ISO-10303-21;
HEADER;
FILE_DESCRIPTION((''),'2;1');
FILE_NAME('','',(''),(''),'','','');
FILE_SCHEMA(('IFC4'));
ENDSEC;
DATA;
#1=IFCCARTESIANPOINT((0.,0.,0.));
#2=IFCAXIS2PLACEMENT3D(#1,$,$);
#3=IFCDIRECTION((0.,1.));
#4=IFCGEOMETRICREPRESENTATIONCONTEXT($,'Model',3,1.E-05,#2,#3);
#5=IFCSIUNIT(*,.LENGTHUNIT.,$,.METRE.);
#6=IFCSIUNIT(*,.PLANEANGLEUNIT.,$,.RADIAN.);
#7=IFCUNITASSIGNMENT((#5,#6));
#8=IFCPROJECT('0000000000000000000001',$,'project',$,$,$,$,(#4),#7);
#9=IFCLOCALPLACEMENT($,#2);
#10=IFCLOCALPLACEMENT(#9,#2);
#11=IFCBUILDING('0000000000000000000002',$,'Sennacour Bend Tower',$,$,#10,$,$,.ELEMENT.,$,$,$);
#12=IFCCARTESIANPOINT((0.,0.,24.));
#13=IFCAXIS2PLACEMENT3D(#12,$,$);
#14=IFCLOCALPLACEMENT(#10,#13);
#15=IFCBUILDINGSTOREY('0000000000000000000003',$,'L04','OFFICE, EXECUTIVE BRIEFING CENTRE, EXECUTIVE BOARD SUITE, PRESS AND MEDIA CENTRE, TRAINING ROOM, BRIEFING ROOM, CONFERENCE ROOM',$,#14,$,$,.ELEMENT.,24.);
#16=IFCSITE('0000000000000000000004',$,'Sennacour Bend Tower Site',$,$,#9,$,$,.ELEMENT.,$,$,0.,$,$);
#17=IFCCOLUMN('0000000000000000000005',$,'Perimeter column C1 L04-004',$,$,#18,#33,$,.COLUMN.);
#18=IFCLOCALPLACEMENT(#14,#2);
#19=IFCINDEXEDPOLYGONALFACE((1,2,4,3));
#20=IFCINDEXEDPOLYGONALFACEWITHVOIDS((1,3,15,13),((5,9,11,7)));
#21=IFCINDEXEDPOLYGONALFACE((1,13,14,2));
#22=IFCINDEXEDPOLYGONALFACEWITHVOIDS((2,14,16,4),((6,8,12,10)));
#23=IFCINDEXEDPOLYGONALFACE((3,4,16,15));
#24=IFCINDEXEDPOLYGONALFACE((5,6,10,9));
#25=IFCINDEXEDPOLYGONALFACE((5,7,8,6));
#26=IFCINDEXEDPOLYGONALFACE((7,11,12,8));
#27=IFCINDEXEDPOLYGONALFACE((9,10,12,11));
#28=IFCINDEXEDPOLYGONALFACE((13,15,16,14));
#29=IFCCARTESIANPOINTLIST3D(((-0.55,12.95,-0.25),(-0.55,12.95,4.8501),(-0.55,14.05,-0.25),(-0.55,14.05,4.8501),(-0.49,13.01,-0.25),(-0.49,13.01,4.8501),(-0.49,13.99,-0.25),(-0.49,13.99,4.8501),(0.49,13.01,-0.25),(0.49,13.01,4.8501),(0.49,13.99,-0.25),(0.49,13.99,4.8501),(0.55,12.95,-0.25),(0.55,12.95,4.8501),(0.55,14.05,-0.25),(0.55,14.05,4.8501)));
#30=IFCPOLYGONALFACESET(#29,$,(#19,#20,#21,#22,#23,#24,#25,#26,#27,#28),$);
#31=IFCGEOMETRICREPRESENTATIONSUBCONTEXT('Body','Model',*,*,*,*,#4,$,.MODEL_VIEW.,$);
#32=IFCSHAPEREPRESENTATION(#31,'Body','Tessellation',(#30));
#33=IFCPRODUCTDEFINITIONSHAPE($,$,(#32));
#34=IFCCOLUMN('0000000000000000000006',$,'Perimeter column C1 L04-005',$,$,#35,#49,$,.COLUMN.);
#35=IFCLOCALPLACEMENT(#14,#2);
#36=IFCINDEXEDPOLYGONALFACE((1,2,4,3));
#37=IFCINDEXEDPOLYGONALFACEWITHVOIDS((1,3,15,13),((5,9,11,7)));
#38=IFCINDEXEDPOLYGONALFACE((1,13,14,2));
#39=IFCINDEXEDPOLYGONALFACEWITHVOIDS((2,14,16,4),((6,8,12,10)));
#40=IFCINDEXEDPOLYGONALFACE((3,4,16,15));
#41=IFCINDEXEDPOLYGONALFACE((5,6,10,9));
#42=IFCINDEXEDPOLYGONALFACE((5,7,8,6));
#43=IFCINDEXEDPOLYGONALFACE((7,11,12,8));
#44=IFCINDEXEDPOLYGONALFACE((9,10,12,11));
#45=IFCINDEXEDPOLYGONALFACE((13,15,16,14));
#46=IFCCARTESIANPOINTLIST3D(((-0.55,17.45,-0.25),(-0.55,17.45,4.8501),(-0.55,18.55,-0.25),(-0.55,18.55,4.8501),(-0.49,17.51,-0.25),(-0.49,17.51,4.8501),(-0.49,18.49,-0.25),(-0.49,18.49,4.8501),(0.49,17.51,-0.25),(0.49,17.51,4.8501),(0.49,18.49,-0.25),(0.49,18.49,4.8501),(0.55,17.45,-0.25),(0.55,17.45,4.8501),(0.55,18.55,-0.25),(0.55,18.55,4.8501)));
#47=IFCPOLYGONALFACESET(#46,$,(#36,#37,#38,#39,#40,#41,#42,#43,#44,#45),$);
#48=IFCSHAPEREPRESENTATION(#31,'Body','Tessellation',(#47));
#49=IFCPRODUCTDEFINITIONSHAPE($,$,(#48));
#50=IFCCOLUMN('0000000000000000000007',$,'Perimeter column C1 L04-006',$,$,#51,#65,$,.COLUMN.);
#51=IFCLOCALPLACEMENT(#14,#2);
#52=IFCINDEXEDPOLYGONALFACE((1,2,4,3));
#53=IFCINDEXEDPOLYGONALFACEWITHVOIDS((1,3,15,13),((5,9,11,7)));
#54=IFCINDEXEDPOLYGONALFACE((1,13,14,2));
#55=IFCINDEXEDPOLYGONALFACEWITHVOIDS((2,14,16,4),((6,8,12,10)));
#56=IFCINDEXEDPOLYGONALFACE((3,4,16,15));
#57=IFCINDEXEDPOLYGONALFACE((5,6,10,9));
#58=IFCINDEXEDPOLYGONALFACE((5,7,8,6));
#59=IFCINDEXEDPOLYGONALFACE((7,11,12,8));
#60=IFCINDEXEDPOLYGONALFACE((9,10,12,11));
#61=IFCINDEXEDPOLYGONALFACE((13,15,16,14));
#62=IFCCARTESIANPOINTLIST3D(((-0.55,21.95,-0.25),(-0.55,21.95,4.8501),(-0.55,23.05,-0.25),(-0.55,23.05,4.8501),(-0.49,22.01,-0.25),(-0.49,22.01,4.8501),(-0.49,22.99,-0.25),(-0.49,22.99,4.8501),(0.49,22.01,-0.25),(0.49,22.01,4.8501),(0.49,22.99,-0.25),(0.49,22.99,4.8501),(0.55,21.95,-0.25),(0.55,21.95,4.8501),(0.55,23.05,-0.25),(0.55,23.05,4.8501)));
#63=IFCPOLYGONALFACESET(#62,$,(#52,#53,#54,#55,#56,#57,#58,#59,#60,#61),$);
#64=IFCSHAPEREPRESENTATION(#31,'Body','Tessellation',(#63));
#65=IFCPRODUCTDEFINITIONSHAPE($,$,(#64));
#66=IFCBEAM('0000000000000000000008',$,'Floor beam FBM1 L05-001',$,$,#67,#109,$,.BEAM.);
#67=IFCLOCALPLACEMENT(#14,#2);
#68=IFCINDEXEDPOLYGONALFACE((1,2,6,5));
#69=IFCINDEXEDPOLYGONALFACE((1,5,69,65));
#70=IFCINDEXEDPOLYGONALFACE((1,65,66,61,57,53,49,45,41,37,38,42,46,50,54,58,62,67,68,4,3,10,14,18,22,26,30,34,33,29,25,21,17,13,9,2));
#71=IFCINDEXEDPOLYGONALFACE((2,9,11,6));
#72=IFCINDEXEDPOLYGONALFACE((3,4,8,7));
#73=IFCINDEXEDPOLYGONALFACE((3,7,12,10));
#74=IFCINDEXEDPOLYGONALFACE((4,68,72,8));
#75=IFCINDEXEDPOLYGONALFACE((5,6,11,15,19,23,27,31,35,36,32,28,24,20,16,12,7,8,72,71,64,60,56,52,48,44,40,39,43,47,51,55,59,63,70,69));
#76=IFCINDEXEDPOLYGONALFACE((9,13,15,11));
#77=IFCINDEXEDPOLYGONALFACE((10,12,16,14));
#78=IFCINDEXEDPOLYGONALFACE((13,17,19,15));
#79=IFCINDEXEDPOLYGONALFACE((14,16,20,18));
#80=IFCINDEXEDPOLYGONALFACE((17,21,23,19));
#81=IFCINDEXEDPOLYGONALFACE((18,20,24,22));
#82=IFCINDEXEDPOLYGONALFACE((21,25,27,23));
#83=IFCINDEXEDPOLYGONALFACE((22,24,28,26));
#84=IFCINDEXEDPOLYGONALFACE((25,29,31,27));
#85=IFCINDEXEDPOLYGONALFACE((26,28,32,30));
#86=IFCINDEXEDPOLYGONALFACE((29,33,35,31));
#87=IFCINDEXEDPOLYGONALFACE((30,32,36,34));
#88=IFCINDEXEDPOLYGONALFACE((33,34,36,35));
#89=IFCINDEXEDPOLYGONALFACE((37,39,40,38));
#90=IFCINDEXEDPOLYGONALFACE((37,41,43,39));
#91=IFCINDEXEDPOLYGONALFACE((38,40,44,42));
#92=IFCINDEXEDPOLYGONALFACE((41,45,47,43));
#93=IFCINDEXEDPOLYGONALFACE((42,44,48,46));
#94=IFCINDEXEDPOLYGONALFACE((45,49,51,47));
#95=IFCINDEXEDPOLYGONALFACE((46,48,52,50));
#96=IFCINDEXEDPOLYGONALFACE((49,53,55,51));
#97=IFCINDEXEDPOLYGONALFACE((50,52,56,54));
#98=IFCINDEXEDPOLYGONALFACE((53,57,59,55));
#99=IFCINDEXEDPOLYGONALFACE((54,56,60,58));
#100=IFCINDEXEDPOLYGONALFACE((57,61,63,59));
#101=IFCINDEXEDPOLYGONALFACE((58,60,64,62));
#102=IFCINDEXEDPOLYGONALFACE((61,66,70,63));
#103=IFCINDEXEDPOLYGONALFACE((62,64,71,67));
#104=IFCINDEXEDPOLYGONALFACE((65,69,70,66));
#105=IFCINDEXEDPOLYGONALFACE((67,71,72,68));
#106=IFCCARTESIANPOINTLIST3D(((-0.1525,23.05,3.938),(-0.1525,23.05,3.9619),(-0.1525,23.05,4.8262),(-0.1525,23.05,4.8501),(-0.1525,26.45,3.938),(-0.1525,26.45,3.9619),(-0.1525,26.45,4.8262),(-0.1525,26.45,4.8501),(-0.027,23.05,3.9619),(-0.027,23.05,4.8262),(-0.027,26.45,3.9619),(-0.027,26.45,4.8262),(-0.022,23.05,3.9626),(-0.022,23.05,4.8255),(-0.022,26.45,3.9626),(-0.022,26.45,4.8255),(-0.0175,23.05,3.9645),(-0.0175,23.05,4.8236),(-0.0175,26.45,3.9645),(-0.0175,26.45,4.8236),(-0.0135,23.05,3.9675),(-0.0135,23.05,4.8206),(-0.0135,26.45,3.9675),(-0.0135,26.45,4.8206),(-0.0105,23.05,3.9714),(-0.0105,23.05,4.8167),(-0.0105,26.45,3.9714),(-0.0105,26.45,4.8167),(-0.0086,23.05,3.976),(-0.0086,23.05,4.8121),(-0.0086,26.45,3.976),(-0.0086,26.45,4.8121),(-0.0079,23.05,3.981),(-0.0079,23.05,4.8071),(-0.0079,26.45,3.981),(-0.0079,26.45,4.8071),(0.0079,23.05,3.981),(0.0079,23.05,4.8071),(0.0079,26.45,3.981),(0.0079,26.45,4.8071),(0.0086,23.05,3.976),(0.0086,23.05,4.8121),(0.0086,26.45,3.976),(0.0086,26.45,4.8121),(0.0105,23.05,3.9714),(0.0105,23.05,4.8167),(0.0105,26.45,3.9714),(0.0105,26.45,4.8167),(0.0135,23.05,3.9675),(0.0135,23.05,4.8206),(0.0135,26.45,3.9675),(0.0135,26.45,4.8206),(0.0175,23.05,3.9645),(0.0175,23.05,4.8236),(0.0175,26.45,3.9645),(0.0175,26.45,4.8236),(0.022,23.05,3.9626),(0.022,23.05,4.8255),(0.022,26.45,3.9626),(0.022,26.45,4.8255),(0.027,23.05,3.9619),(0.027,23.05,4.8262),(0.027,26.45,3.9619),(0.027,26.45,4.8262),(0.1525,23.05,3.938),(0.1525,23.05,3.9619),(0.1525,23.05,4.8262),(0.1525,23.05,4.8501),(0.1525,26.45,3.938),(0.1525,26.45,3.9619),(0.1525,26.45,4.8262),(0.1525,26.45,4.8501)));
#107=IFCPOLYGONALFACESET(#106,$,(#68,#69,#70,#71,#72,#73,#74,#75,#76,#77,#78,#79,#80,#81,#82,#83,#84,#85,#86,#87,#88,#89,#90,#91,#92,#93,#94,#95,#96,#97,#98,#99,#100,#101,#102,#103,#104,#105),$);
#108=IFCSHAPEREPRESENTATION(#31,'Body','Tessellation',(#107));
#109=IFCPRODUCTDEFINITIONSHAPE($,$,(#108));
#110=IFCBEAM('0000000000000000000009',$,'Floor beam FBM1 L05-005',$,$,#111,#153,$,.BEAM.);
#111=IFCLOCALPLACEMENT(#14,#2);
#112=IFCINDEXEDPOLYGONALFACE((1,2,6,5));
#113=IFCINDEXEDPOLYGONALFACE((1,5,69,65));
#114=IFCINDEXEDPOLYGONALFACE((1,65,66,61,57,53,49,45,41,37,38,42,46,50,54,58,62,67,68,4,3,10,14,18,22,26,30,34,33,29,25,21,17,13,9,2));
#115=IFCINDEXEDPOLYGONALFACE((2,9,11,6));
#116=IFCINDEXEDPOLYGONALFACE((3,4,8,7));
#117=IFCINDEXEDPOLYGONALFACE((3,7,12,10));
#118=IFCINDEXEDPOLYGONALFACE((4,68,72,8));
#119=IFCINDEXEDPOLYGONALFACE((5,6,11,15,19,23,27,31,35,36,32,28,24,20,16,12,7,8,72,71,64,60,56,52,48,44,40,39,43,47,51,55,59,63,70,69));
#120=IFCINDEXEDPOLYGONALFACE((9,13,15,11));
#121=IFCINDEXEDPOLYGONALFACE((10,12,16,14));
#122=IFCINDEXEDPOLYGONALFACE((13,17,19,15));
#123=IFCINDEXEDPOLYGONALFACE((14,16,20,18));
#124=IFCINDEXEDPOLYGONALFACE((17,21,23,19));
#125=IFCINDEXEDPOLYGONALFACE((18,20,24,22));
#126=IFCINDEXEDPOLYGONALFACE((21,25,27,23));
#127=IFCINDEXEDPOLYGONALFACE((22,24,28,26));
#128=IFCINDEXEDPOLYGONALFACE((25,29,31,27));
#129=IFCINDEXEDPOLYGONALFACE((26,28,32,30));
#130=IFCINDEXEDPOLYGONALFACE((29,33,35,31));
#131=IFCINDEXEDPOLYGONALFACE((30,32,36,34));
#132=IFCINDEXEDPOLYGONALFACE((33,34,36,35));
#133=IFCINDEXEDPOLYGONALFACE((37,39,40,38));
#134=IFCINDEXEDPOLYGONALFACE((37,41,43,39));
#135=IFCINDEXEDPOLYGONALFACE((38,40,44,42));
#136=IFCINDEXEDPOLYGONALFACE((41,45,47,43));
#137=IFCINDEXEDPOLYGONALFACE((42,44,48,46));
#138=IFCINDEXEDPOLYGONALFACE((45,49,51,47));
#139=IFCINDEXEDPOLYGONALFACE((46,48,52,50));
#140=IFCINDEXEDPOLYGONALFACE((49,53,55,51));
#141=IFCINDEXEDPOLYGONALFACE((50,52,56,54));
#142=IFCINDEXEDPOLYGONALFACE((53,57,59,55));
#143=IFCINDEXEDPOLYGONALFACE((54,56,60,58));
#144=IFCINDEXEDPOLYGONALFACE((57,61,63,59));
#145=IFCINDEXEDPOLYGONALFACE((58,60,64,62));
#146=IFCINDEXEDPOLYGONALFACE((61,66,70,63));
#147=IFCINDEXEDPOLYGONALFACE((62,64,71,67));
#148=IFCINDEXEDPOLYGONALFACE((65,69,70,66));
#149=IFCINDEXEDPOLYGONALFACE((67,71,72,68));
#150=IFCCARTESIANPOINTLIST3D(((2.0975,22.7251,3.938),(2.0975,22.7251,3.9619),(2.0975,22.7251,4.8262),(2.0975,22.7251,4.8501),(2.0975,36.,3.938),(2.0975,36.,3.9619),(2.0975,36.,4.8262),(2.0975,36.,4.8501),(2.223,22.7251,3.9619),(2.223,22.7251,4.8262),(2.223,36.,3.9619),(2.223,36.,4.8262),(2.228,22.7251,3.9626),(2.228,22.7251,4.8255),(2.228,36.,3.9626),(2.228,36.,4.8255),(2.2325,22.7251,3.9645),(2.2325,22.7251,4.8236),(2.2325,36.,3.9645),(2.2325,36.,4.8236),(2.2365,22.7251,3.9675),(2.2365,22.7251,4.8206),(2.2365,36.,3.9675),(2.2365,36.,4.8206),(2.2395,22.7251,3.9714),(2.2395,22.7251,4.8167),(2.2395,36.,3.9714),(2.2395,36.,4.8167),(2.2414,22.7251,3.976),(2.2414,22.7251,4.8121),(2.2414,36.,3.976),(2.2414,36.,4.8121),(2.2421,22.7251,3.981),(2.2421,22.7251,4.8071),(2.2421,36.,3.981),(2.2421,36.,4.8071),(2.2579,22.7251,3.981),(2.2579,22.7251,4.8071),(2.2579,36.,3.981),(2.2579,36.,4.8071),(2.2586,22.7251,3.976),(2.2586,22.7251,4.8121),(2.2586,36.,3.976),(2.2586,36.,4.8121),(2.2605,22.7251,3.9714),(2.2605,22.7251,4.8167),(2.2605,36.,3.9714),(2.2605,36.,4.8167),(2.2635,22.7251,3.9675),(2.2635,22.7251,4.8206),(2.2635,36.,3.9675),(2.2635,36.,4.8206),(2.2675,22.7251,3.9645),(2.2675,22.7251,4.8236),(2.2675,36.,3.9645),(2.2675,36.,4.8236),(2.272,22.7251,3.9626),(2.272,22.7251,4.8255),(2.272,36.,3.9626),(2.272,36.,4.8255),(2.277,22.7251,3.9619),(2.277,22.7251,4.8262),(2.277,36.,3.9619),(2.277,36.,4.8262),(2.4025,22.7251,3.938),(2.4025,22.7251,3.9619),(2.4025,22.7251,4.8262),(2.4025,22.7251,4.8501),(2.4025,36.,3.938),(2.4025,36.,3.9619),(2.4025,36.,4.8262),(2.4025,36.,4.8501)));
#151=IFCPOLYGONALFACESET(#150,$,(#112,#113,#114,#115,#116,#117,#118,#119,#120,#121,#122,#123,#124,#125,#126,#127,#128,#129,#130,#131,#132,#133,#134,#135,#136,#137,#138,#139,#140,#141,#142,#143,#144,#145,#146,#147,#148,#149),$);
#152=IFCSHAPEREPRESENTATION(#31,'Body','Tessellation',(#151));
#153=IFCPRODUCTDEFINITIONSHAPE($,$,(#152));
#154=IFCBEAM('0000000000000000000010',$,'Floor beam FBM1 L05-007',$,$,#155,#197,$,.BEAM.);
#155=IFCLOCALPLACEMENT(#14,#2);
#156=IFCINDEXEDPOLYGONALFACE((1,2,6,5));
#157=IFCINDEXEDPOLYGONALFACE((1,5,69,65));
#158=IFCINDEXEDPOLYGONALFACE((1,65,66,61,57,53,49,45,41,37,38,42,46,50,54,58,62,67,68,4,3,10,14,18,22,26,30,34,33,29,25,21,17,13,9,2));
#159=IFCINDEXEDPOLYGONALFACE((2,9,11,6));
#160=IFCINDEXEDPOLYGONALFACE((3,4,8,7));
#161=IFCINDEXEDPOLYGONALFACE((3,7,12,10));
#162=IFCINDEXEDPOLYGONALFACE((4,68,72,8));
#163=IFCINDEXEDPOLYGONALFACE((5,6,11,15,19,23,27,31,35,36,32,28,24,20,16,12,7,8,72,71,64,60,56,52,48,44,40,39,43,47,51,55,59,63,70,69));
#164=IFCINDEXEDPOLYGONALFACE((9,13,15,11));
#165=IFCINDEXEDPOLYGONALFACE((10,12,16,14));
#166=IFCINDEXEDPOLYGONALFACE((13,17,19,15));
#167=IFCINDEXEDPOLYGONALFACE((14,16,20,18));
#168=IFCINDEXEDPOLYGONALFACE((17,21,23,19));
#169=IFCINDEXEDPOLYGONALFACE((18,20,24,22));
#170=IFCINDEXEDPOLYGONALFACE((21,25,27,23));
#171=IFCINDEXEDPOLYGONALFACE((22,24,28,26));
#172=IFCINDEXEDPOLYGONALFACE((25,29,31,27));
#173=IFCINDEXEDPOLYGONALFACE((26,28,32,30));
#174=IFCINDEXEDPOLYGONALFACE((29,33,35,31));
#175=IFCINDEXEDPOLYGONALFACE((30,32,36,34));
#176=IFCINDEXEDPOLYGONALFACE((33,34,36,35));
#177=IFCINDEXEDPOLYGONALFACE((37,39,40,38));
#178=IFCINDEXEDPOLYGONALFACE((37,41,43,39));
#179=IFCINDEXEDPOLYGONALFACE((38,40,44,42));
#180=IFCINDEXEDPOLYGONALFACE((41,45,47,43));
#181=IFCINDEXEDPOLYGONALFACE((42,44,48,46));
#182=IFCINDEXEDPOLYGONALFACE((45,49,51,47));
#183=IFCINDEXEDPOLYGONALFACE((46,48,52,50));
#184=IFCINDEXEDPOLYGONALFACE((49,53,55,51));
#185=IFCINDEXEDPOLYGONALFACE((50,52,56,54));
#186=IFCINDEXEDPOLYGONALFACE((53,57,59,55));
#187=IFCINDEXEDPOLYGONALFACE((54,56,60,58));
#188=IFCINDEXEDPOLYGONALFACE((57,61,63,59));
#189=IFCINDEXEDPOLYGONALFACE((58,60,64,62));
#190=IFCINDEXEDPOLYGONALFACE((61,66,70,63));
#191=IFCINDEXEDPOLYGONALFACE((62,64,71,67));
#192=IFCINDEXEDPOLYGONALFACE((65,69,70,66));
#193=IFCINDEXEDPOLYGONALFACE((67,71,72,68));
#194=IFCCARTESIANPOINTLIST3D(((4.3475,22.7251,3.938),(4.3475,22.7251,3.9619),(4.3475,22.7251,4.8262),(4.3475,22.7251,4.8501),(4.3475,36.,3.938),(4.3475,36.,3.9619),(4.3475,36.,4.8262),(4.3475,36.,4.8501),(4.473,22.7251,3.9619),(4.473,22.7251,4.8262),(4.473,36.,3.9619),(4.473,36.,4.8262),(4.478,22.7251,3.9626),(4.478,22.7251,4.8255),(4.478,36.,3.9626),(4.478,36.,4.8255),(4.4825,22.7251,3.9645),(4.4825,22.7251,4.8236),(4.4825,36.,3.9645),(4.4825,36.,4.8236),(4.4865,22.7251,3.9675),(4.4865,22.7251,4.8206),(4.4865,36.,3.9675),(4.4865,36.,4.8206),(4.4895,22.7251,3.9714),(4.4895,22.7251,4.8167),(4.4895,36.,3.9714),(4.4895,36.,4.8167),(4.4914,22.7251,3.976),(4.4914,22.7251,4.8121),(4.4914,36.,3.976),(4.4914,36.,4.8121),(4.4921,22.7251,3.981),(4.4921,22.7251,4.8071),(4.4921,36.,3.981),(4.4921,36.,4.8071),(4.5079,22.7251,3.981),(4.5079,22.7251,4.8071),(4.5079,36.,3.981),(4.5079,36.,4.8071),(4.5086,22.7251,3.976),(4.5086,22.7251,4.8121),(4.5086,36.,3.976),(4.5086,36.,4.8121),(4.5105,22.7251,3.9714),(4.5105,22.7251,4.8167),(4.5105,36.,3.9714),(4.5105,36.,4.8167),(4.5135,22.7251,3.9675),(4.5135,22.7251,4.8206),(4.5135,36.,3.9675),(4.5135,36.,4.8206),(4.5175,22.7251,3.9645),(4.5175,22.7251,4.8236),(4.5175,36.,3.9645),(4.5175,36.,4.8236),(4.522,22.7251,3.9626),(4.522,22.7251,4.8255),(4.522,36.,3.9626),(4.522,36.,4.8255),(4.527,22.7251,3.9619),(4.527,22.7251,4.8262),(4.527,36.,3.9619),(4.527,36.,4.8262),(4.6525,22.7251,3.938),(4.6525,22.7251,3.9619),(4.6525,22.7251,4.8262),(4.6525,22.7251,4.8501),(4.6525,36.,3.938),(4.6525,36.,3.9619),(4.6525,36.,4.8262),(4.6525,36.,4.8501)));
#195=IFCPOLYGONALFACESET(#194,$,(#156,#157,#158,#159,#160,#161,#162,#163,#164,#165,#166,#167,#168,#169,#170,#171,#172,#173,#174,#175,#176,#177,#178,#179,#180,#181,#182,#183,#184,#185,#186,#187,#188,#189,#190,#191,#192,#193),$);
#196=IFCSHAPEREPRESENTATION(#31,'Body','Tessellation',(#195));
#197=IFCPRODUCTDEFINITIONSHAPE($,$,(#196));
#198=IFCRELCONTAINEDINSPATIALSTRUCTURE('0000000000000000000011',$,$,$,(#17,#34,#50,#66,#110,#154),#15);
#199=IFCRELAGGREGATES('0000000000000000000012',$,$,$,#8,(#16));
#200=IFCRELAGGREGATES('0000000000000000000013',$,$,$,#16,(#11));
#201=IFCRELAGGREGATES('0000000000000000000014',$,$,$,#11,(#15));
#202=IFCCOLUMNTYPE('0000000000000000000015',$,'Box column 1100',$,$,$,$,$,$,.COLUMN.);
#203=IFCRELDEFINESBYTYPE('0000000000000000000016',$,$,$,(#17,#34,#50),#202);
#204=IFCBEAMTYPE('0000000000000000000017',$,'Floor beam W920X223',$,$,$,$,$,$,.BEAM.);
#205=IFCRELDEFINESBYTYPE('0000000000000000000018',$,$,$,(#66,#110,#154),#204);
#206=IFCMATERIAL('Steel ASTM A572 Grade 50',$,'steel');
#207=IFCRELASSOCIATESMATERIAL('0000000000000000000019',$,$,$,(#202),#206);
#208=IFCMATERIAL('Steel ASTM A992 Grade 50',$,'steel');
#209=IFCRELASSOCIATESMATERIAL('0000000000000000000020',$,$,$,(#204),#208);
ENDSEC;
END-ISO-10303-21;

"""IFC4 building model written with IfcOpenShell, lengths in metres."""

from ifc_helpers import new_model, si_unit, direction, frame, origin, origin_2d, place, context, subcontext, project, spatial, hollow_rectangle, i_section, extrude, material, material_profile, profile_set, type_object, element, save


model = new_model("IFC4")

# Units and contexts
model_context = context("Model", 3, precision=1e-05, world=origin(), true_north=direction((0.0, 1.0)))
body_context = subcontext(model_context, "Body", "Model", "MODEL_VIEW")
ifc_project = project(units=[si_unit("LENGTHUNIT", "METRE"), si_unit("PLANEANGLEUNIT", "RADIAN")], contexts=[model_context])

# Site, building, storey
site_placement = place(None, origin())
site = spatial("IfcSite", under=ifc_project, at=site_placement, Name="Sennacour Bend Tower Site", CompositionType="ELEMENT", RefElevation=0.0)
building_placement = place(site_placement, origin())
building = spatial("IfcBuilding", under=site, at=building_placement, Name="Sennacour Bend Tower", CompositionType="ELEMENT")
storey_placement = place(building_placement, frame((0.0, 0.0, 24.0)))
storey = spatial("IfcBuildingStorey", under=building, at=storey_placement, Name="L04", Description="OFFICE, EXECUTIVE BRIEFING CENTRE, EXECUTIVE BOARD SUITE, PRESS AND MEDIA CENTRE, TRAINING ROOM, BRIEFING ROOM, CONFERENCE ROOM", CompositionType="ELEMENT", Elevation=24.0)

# Columns
ifc_material_1 = material(Name="Steel ASTM A572 Grade 50", Category="steel")
ifc_material_profile_1 = material_profile(ifc_material_1, hollow_rectangle(XDim=1.1001, YDim=1.1001, WallThickness=0.0601, at=origin_2d()), Name="Steel ASTM A572 Grade 50", Category="steel")
ifc_profile_set_1 = profile_set([ifc_material_profile_1], Name="Steel ASTM A572 Grade 50")
column_type = type_object("IfcColumnType", Name="Box column 1100", PredefinedType="COLUMN", material=ifc_profile_set_1)
for number, where, z_axis, x_axis, name in (
    (1, (0.0, 13.5, -0.25), (0.0, 0.0, 1.0), (1.0, 0.0, 0.0), "Perimeter column C1 L04-004"),
    (2, (0.0, 18.0, -0.25), (0.0, 0.0, 1.0), (1.0, 0.0, 0.0), "Perimeter column C1 L04-005"),
    (3, (0.0, 22.5, -0.25), (0.0, 0.0, 1.0), (1.0, 0.0, 0.0), "Perimeter column C1 L04-006"),
):
    element("IfcColumn", number, at=place(storey_placement, frame(where, z_axis=z_axis, x_axis=x_axis)), inside=storey, type_object=column_type, Name=name, PredefinedType="COLUMN", context=body_context, shape_type="SweptSolid", body=[
        extrude(hollow_rectangle(XDim=1.1001, YDim=1.1001, WallThickness=0.0601, at=origin_2d()), origin(), (0.0, 0.0, 1.0), 5.1001),
    ])

# Beams
ifc_material_2 = material(Name="Steel ASTM A992 Grade 50", Category="steel")
ifc_material_profile_2 = material_profile(ifc_material_2, i_section(OverallWidth=0.3049, OverallDepth=0.9121, WebThickness=0.0159, FlangeThickness=0.0239, FilletRadius=0.019, at=origin_2d()), Name="Steel ASTM A992 Grade 50", Category="steel")
ifc_profile_set_2 = profile_set([ifc_material_profile_2], Name="Steel ASTM A992 Grade 50")
beam_type_1 = type_object("IfcBeamType", Name="Floor beam W920X223", PredefinedType="BEAM", material=ifc_profile_set_2)
beam_1_placement = place(storey_placement, frame((0.0, 23.05, 4.394), z_axis=(0.0, 1.0, 0.0), x_axis=(-1.0, 0.0, 0.0)))
element("IfcBeam", 4, at=beam_1_placement, inside=storey, type_object=beam_type_1, Name="Floor beam FBM1 L05-001", PredefinedType="BEAM", context=body_context, shape_type="SweptSolid", body=[
    extrude(i_section(OverallWidth=0.3049, OverallDepth=0.9121, WebThickness=0.0159, FlangeThickness=0.0239, FilletRadius=0.019, at=origin_2d()), origin(), (0.0, 0.0, 1.0), 3.3999),
])
for number, where, z_axis, x_axis, name in (
    (5, (2.25, 22.7251, 4.394), (0.0, 1.0, 0.0), (-1.0, 0.0, 0.0), "Floor beam FBM1 L05-005"),
    (6, (4.5, 22.7251, 4.394), (0.0, 1.0, 0.0), (-1.0, 0.0, 0.0), "Floor beam FBM1 L05-007"),
):
    element("IfcBeam", number, at=place(storey_placement, frame(where, z_axis=z_axis, x_axis=x_axis)), inside=storey, type_object=beam_type_1, Name=name, PredefinedType="BEAM", context=body_context, shape_type="SweptSolid", body=[
        extrude(i_section(OverallWidth=0.3049, OverallDepth=0.9121, WebThickness=0.0159, FlangeThickness=0.0239, FilletRadius=0.019, at=origin_2d()), origin(), (0.0, 0.0, 1.0), 13.2749),
    ])

save(model, "model.ifc")
